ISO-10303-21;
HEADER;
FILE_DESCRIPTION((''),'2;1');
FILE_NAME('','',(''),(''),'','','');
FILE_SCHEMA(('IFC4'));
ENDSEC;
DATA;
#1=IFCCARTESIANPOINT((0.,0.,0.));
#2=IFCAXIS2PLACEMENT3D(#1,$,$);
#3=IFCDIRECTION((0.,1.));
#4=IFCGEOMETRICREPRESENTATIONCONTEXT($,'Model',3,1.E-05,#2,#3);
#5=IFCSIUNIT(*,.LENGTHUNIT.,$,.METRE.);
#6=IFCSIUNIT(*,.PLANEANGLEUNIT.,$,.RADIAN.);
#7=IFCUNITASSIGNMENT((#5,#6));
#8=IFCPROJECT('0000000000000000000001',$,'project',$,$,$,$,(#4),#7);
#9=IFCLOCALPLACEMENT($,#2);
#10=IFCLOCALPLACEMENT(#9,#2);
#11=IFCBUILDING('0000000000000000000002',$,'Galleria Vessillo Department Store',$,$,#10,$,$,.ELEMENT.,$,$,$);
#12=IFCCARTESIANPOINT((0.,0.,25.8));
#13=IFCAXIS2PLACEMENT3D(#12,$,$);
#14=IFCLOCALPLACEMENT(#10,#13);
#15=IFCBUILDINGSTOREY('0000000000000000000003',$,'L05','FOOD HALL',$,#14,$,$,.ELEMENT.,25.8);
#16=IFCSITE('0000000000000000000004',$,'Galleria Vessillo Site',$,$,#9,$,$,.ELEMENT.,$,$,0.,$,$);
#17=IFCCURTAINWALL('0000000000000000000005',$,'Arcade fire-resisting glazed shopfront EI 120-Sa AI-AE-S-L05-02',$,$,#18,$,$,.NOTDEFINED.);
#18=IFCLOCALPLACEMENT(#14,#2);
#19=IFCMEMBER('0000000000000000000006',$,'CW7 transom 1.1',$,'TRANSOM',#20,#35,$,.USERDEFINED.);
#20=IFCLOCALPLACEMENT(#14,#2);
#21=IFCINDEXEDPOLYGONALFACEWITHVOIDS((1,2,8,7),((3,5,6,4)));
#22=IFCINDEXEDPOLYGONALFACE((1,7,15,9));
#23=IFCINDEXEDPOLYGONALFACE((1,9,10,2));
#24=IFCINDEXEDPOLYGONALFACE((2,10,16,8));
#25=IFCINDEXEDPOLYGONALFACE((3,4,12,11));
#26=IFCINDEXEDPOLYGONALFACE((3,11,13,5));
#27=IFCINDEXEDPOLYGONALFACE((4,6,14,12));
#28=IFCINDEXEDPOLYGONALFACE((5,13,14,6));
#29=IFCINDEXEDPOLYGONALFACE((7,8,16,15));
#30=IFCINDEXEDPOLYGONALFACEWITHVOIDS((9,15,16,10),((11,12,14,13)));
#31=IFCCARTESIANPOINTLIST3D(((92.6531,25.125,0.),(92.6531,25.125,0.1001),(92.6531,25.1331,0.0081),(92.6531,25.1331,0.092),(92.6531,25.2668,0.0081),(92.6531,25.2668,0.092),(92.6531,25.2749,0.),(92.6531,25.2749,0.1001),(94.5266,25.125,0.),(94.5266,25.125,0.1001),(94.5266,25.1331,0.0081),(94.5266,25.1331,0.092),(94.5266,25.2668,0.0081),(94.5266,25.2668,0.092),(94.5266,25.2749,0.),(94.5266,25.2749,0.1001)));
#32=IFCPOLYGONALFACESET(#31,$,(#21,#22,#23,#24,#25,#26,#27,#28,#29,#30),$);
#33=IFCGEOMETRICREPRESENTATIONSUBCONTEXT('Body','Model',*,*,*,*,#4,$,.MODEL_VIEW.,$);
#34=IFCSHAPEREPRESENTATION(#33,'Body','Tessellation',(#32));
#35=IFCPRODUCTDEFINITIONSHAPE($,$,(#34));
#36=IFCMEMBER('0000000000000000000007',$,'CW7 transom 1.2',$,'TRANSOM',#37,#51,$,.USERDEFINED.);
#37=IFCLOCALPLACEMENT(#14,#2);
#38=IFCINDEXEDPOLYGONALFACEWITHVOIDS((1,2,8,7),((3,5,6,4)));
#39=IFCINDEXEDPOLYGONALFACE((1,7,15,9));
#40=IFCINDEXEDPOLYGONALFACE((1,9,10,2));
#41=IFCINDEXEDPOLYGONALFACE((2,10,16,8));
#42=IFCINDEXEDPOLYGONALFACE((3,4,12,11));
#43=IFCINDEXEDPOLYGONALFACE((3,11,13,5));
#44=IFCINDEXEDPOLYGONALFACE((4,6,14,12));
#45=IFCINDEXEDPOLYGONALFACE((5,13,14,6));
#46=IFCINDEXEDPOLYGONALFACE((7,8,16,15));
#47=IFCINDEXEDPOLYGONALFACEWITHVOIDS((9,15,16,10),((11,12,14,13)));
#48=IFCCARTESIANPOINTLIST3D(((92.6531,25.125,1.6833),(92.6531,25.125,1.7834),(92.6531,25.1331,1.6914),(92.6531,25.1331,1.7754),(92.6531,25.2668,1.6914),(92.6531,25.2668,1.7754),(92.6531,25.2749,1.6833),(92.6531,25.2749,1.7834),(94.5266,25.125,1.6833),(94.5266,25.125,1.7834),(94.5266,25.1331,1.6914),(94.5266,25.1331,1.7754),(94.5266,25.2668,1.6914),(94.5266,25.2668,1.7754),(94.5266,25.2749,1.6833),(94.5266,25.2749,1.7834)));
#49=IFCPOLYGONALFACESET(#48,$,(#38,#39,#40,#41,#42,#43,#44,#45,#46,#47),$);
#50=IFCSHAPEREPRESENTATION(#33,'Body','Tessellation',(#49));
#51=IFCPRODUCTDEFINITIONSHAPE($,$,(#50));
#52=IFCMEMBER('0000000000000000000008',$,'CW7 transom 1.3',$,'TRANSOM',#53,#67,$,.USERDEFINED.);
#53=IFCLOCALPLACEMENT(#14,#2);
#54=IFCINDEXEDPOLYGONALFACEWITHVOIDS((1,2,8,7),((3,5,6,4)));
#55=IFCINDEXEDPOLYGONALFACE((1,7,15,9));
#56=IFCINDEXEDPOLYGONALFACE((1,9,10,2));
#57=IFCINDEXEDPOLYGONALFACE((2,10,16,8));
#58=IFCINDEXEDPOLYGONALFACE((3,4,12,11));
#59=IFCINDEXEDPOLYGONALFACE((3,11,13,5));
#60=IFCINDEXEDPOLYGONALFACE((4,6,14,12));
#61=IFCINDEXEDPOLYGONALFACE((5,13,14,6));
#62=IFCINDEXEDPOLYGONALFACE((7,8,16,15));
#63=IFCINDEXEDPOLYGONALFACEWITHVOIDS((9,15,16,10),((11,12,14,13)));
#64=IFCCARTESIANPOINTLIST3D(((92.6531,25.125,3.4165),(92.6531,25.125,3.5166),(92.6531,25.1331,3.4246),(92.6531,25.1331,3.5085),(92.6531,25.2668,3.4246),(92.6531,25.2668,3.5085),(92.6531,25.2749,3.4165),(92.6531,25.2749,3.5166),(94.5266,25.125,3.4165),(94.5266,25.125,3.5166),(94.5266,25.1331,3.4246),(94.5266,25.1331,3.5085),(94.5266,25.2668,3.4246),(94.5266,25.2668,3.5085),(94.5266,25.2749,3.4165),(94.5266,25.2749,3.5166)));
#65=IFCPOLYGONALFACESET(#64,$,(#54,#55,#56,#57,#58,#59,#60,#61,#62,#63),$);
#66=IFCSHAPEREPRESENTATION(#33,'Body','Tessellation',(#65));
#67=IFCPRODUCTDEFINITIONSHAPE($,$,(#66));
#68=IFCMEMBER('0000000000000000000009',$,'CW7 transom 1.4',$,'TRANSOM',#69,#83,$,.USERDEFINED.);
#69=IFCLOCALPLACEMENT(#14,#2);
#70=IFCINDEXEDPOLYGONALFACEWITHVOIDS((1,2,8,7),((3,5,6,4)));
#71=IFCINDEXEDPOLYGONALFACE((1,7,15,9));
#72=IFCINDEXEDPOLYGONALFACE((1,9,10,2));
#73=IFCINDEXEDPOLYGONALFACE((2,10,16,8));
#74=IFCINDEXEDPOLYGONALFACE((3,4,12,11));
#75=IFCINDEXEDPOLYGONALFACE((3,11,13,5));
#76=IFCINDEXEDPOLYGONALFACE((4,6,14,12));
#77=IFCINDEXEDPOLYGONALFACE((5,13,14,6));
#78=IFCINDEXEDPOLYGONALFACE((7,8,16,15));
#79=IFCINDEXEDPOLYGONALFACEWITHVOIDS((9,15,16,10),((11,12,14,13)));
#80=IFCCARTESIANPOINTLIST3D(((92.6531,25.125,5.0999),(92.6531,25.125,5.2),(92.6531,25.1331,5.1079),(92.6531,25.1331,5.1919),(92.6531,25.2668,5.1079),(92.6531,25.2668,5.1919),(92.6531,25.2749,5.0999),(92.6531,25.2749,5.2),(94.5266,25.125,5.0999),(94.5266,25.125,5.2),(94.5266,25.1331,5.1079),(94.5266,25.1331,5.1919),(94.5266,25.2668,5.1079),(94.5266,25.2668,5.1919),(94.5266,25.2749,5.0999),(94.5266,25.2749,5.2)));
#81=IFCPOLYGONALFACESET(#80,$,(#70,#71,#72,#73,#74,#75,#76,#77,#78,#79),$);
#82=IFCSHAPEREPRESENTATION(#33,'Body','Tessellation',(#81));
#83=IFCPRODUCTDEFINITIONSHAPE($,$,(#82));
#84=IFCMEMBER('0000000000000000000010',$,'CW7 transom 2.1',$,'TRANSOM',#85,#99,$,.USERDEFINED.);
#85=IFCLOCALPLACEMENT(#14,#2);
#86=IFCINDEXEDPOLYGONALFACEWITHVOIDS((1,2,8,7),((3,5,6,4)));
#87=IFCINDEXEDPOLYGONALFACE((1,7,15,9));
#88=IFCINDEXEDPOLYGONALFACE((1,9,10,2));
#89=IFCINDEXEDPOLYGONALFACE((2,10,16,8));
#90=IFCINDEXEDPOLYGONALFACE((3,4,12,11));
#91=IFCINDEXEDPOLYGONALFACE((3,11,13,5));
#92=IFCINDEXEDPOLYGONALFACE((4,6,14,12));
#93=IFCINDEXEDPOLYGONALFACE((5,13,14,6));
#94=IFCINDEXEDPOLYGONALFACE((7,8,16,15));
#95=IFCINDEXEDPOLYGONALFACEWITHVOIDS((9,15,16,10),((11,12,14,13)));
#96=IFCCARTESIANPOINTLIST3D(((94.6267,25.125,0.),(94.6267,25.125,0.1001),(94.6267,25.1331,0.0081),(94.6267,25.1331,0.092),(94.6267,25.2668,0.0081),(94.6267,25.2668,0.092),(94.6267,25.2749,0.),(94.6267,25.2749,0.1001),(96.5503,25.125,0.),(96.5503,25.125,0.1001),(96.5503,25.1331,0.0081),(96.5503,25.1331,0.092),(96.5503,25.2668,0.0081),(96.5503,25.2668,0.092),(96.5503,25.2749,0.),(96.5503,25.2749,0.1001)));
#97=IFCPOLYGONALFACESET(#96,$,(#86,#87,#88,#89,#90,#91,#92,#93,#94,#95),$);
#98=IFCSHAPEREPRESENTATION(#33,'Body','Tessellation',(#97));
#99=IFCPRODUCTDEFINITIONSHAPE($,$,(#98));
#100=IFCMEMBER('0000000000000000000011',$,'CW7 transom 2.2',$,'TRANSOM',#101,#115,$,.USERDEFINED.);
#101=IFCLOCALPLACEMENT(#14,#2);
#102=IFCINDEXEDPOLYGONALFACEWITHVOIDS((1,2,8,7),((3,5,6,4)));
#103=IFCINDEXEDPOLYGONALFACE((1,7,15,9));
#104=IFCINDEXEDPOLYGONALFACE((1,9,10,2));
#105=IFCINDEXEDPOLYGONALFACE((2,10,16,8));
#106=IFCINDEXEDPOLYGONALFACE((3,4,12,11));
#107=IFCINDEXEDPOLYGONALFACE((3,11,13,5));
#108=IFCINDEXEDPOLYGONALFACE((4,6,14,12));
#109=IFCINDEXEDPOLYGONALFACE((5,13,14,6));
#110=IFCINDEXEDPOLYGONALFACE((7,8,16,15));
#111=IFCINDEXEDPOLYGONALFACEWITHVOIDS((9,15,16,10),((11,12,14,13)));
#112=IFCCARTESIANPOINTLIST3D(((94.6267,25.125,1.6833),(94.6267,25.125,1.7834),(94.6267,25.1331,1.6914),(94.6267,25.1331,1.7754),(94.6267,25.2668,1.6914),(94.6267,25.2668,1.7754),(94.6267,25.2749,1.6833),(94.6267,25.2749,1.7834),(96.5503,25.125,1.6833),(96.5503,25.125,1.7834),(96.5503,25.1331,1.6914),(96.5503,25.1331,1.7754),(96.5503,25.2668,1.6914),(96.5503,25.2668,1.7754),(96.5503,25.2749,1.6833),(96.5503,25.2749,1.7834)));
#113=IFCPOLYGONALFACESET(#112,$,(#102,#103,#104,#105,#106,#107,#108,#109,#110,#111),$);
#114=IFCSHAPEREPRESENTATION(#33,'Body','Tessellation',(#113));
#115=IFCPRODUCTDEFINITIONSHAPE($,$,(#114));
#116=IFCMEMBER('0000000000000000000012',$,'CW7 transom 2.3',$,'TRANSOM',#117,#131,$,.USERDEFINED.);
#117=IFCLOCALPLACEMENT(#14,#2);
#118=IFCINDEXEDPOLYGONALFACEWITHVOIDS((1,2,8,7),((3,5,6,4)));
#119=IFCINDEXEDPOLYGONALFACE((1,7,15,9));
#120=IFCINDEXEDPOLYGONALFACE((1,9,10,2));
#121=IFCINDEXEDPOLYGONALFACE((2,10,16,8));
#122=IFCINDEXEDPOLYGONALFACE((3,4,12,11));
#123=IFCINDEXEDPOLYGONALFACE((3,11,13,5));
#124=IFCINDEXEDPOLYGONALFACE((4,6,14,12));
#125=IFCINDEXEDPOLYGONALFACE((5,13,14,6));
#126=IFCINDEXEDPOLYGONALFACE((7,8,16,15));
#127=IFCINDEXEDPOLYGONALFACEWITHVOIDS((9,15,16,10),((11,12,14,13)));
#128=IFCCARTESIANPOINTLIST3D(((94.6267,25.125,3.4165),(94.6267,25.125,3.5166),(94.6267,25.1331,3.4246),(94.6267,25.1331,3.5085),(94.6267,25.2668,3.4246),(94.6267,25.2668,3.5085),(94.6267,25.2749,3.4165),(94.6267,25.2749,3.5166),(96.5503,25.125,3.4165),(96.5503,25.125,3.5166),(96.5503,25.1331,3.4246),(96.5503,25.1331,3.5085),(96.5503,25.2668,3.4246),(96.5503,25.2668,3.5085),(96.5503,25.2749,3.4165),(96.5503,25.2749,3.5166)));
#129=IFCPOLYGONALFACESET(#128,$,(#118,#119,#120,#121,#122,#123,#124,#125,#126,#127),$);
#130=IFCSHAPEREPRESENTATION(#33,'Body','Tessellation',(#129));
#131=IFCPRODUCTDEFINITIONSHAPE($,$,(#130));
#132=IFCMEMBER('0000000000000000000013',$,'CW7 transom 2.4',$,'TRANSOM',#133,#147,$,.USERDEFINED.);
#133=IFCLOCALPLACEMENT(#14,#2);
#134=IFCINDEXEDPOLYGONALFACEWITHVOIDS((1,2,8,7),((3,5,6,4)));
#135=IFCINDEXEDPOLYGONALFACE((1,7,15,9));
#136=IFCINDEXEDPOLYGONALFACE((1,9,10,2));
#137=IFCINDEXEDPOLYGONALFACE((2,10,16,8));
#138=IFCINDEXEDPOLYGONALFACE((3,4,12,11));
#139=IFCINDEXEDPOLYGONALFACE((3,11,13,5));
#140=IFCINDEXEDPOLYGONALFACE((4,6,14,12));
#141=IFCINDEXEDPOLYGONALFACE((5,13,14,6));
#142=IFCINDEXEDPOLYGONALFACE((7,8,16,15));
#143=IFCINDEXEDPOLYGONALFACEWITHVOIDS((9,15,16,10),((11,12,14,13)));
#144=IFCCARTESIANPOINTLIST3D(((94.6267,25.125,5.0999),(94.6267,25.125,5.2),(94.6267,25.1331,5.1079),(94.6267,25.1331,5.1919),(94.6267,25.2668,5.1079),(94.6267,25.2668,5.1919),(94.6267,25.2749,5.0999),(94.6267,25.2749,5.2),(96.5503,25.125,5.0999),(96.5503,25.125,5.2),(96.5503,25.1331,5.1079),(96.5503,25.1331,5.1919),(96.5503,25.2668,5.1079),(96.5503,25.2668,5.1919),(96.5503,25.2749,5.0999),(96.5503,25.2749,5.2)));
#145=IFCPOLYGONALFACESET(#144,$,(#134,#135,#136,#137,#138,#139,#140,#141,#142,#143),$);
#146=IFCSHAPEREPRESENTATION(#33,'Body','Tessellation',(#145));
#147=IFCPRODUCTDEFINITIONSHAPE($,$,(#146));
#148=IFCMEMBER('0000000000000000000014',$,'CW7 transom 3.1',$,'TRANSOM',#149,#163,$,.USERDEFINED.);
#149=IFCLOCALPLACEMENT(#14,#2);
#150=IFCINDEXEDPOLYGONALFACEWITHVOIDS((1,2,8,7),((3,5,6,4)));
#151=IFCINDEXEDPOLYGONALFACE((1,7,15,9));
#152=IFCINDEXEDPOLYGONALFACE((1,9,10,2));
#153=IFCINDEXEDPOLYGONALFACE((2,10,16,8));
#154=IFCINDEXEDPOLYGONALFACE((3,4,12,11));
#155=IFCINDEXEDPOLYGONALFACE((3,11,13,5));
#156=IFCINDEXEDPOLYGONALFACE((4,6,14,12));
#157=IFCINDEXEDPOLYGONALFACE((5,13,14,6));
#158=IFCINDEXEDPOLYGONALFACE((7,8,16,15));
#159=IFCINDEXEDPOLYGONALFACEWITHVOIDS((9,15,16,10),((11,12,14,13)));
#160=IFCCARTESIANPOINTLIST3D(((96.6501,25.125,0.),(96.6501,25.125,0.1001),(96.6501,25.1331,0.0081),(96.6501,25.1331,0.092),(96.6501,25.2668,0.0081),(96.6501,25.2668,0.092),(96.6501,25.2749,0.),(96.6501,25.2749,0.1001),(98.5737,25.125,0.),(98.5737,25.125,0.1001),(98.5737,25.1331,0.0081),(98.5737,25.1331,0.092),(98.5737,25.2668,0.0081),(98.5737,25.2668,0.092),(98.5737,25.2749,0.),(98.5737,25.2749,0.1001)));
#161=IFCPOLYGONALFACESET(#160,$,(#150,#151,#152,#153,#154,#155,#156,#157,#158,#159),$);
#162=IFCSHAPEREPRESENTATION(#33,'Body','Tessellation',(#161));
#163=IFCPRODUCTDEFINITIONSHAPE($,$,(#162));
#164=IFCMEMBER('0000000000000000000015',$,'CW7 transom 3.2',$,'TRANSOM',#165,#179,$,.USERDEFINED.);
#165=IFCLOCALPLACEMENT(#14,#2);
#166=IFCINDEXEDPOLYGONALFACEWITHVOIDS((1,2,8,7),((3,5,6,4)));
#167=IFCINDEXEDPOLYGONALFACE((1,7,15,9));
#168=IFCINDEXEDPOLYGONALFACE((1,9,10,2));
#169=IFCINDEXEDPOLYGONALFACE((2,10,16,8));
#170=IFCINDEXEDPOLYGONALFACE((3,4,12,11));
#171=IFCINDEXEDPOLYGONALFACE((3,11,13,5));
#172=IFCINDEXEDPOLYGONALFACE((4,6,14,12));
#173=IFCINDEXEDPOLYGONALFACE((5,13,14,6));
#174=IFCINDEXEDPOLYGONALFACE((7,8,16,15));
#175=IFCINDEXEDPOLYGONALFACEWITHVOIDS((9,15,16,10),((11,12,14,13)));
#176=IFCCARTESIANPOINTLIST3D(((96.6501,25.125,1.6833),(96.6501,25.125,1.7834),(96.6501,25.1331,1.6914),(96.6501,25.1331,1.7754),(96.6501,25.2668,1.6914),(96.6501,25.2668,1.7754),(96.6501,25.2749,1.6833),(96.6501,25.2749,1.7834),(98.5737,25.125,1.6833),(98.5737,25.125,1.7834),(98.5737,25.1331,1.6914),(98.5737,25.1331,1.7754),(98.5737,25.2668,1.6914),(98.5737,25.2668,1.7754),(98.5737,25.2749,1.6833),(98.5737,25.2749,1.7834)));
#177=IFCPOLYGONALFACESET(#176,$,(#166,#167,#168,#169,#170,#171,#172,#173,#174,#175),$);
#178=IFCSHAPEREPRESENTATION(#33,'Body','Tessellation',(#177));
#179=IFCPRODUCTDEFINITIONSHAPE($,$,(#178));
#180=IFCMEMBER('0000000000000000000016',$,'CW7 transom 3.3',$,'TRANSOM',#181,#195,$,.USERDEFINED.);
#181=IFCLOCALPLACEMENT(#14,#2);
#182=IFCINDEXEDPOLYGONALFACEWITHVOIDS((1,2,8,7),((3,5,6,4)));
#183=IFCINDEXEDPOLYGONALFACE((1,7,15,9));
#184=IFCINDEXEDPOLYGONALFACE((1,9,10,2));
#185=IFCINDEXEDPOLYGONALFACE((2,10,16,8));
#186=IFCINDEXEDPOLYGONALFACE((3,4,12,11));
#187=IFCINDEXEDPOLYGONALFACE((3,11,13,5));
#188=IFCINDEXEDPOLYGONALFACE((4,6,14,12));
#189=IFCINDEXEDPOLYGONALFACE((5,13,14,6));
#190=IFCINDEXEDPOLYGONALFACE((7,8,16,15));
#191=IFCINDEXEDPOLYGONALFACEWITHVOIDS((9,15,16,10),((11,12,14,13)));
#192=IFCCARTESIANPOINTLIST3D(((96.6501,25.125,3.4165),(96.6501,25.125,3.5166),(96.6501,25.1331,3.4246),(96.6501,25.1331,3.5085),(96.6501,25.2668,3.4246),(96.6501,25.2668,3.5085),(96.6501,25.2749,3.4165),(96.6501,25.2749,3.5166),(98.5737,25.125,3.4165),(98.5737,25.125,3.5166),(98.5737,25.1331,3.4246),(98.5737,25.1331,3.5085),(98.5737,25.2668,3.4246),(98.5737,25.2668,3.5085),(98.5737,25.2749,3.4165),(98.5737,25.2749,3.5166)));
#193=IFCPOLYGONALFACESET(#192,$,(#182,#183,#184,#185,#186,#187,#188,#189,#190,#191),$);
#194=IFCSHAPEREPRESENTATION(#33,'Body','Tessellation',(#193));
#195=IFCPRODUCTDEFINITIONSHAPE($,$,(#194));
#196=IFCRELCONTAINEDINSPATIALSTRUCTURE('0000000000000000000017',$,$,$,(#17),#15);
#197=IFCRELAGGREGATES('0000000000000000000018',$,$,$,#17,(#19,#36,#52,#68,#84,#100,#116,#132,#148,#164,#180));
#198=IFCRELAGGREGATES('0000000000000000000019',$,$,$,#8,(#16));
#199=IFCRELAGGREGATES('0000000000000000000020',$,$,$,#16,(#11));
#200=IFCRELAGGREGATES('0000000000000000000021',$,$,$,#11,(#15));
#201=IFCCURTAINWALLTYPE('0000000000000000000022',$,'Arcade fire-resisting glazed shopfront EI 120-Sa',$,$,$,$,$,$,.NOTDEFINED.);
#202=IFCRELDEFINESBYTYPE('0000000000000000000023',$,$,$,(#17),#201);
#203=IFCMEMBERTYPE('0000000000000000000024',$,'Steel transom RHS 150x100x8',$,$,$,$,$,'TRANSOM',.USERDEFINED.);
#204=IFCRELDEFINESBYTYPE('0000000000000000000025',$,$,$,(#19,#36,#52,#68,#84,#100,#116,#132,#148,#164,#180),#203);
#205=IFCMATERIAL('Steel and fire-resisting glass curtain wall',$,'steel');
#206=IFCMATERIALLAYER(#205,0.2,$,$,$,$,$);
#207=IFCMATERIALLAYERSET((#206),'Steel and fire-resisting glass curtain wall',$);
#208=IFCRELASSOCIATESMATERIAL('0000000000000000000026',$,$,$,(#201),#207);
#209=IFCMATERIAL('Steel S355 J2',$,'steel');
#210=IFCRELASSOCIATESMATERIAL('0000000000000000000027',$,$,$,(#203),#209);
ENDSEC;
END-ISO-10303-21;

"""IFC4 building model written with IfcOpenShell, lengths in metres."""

from ifc_helpers import new_model, si_unit, direction, frame, origin, origin_2d, place, context, subcontext, project, spatial, hollow_rectangle, extrude, material, layer, layer_set, material_profile, profile_set, type_object, element, aggregate, save


model = new_model("IFC4")

# Units and contexts
model_context = context("Model", 3, precision=1e-05, world=origin(), true_north=direction((0.0, 1.0)))
body_context = subcontext(model_context, "Body", "Model", "MODEL_VIEW")
ifc_project = project(units=[si_unit("LENGTHUNIT", "METRE"), si_unit("PLANEANGLEUNIT", "RADIAN")], contexts=[model_context])

# Site, building, storey
site_placement = place(None, origin())
site = spatial("IfcSite", under=ifc_project, at=site_placement, Name="Galleria Vessillo Site", CompositionType="ELEMENT", RefElevation=0.0)
building_placement = place(site_placement, origin())
building = spatial("IfcBuilding", under=site, at=building_placement, Name="Galleria Vessillo Department Store", CompositionType="ELEMENT")
storey_placement = place(building_placement, frame((0.0, 0.0, 25.8)))
storey = spatial("IfcBuildingStorey", under=building, at=storey_placement, Name="L05", Description="FOOD HALL", CompositionType="ELEMENT", Elevation=25.8)

# Curtain wall, members
ifc_material_1 = material(Name="Steel and fire-resisting glass curtain wall", Category="steel")
ifc_layer_1 = layer(ifc_material_1, 0.2)
ifc_layer_set_1 = layer_set([ifc_layer_1], Name="Steel and fire-resisting glass curtain wall")
curtain_wall_type = type_object("IfcCurtainWallType", Name="Arcade fire-resisting glazed shopfront EI 120-Sa", PredefinedType="NOTDEFINED", material=ifc_layer_set_1)
curtain_wall_placement = place(storey_placement, origin())
curtain_wall = element("IfcCurtainWall", 1, at=curtain_wall_placement, inside=storey, type_object=curtain_wall_type, Name="Arcade fire-resisting glazed shopfront EI 120-Sa AI-AE-S-L05-02", PredefinedType="NOTDEFINED")
ifc_material_2 = material(Name="Steel S355 J2", Category="steel")
ifc_material_profile_1 = material_profile(ifc_material_2, hollow_rectangle(XDim=0.1499, YDim=0.1001, WallThickness=0.0081, at=origin_2d()), Name="RHS 150x100x8")
ifc_profile_set_1 = profile_set([ifc_material_profile_1], Name="Steel S355 J2")
member_type_1 = type_object("IfcMemberType", Name="Steel transom RHS 150x100x8", ElementType="TRANSOM", PredefinedType="USERDEFINED", material=ifc_profile_set_1)
member_1_placement = place(storey_placement, frame((92.6531, 25.2, 0.05), z_axis=(1.0, 0.0, 0.0), x_axis=(0.0, 1.0, 0.0)))
member_1 = element("IfcMember", 2, at=member_1_placement, type_object=member_type_1, Name="CW7 transom 1.1", ObjectType="TRANSOM", PredefinedType="USERDEFINED", context=body_context, shape_type="SweptSolid", body=[
    extrude(hollow_rectangle(XDim=0.1499, YDim=0.1001, WallThickness=0.0081, at=origin_2d()), origin(), (0.0, 0.0, 1.0), 1.8735),
])
member_2_placement = place(storey_placement, frame((92.6531, 25.2, 1.7334), z_axis=(1.0, 0.0, 0.0), x_axis=(0.0, 1.0, 0.0)))
member_2 = element("IfcMember", 3, at=member_2_placement, type_object=member_type_1, Name="CW7 transom 1.2", ObjectType="TRANSOM", PredefinedType="USERDEFINED", context=body_context, shape_type="SweptSolid", body=[
    extrude(hollow_rectangle(XDim=0.1499, YDim=0.1001, WallThickness=0.0081, at=origin_2d()), origin(), (0.0, 0.0, 1.0), 1.8735),
])
member_3_placement = place(storey_placement, frame((92.6531, 25.2, 3.4666), z_axis=(1.0, 0.0, 0.0), x_axis=(0.0, 1.0, 0.0)))
member_3 = element("IfcMember", 4, at=member_3_placement, type_object=member_type_1, Name="CW7 transom 1.3", ObjectType="TRANSOM", PredefinedType="USERDEFINED", context=body_context, shape_type="SweptSolid", body=[
    extrude(hollow_rectangle(XDim=0.1499, YDim=0.1001, WallThickness=0.0081, at=origin_2d()), origin(), (0.0, 0.0, 1.0), 1.8735),
])
member_4_placement = place(storey_placement, frame((92.6531, 25.2, 5.1499), z_axis=(1.0, 0.0, 0.0), x_axis=(0.0, 1.0, 0.0)))
member_4 = element("IfcMember", 5, at=member_4_placement, type_object=member_type_1, Name="CW7 transom 1.4", ObjectType="TRANSOM", PredefinedType="USERDEFINED", context=body_context, shape_type="SweptSolid", body=[
    extrude(hollow_rectangle(XDim=0.1499, YDim=0.1001, WallThickness=0.0081, at=origin_2d()), origin(), (0.0, 0.0, 1.0), 1.8735),
])
member_5_placement = place(storey_placement, frame((94.6267, 25.2, 0.05), z_axis=(1.0, 0.0, 0.0), x_axis=(0.0, 1.0, 0.0)))
member_5 = element("IfcMember", 6, at=member_5_placement, type_object=member_type_1, Name="CW7 transom 2.1", ObjectType="TRANSOM", PredefinedType="USERDEFINED", context=body_context, shape_type="SweptSolid", body=[
    extrude(hollow_rectangle(XDim=0.1499, YDim=0.1001, WallThickness=0.0081, at=origin_2d()), origin(), (0.0, 0.0, 1.0), 1.9236),
])
member_6_placement = place(storey_placement, frame((94.6267, 25.2, 1.7334), z_axis=(1.0, 0.0, 0.0), x_axis=(0.0, 1.0, 0.0)))
member_6 = element("IfcMember", 7, at=member_6_placement, type_object=member_type_1, Name="CW7 transom 2.2", ObjectType="TRANSOM", PredefinedType="USERDEFINED", context=body_context, shape_type="SweptSolid", body=[
    extrude(hollow_rectangle(XDim=0.1499, YDim=0.1001, WallThickness=0.0081, at=origin_2d()), origin(), (0.0, 0.0, 1.0), 1.9236),
])
member_7_placement = place(storey_placement, frame((94.6267, 25.2, 3.4666), z_axis=(1.0, 0.0, 0.0), x_axis=(0.0, 1.0, 0.0)))
member_7 = element("IfcMember", 8, at=member_7_placement, type_object=member_type_1, Name="CW7 transom 2.3", ObjectType="TRANSOM", PredefinedType="USERDEFINED", context=body_context, shape_type="SweptSolid", body=[
    extrude(hollow_rectangle(XDim=0.1499, YDim=0.1001, WallThickness=0.0081, at=origin_2d()), origin(), (0.0, 0.0, 1.0), 1.9236),
])
member_8_placement = place(storey_placement, frame((94.6267, 25.2, 5.1499), z_axis=(1.0, 0.0, 0.0), x_axis=(0.0, 1.0, 0.0)))
member_8 = element("IfcMember", 9, at=member_8_placement, type_object=member_type_1, Name="CW7 transom 2.4", ObjectType="TRANSOM", PredefinedType="USERDEFINED", context=body_context, shape_type="SweptSolid", body=[
    extrude(hollow_rectangle(XDim=0.1499, YDim=0.1001, WallThickness=0.0081, at=origin_2d()), origin(), (0.0, 0.0, 1.0), 1.9236),
])
member_9_placement = place(storey_placement, frame((96.6501, 25.2, 0.05), z_axis=(1.0, 0.0, 0.0), x_axis=(0.0, 1.0, 0.0)))
member_9 = element("IfcMember", 10, at=member_9_placement, type_object=member_type_1, Name="CW7 transom 3.1", ObjectType="TRANSOM", PredefinedType="USERDEFINED", context=body_context, shape_type="SweptSolid", body=[
    extrude(hollow_rectangle(XDim=0.1499, YDim=0.1001, WallThickness=0.0081, at=origin_2d()), origin(), (0.0, 0.0, 1.0), 1.9236),
])
member_10_placement = place(storey_placement, frame((96.6501, 25.2, 1.7334), z_axis=(1.0, 0.0, 0.0), x_axis=(0.0, 1.0, 0.0)))
member_10 = element("IfcMember", 11, at=member_10_placement, type_object=member_type_1, Name="CW7 transom 3.2", ObjectType="TRANSOM", PredefinedType="USERDEFINED", context=body_context, shape_type="SweptSolid", body=[
    extrude(hollow_rectangle(XDim=0.1499, YDim=0.1001, WallThickness=0.0081, at=origin_2d()), origin(), (0.0, 0.0, 1.0), 1.9236),
])
member_11_placement = place(storey_placement, frame((96.6501, 25.2, 3.4666), z_axis=(1.0, 0.0, 0.0), x_axis=(0.0, 1.0, 0.0)))
member_11 = element("IfcMember", 12, at=member_11_placement, type_object=member_type_1, Name="CW7 transom 3.3", ObjectType="TRANSOM", PredefinedType="USERDEFINED", context=body_context, shape_type="SweptSolid", body=[
    extrude(hollow_rectangle(XDim=0.1499, YDim=0.1001, WallThickness=0.0081, at=origin_2d()), origin(), (0.0, 0.0, 1.0), 1.9236),
])

aggregate(curtain_wall, [member_1, member_2, member_3, member_4, member_5, member_6, member_7, member_8, member_9, member_10, member_11])

save(model, "model.ifc")
